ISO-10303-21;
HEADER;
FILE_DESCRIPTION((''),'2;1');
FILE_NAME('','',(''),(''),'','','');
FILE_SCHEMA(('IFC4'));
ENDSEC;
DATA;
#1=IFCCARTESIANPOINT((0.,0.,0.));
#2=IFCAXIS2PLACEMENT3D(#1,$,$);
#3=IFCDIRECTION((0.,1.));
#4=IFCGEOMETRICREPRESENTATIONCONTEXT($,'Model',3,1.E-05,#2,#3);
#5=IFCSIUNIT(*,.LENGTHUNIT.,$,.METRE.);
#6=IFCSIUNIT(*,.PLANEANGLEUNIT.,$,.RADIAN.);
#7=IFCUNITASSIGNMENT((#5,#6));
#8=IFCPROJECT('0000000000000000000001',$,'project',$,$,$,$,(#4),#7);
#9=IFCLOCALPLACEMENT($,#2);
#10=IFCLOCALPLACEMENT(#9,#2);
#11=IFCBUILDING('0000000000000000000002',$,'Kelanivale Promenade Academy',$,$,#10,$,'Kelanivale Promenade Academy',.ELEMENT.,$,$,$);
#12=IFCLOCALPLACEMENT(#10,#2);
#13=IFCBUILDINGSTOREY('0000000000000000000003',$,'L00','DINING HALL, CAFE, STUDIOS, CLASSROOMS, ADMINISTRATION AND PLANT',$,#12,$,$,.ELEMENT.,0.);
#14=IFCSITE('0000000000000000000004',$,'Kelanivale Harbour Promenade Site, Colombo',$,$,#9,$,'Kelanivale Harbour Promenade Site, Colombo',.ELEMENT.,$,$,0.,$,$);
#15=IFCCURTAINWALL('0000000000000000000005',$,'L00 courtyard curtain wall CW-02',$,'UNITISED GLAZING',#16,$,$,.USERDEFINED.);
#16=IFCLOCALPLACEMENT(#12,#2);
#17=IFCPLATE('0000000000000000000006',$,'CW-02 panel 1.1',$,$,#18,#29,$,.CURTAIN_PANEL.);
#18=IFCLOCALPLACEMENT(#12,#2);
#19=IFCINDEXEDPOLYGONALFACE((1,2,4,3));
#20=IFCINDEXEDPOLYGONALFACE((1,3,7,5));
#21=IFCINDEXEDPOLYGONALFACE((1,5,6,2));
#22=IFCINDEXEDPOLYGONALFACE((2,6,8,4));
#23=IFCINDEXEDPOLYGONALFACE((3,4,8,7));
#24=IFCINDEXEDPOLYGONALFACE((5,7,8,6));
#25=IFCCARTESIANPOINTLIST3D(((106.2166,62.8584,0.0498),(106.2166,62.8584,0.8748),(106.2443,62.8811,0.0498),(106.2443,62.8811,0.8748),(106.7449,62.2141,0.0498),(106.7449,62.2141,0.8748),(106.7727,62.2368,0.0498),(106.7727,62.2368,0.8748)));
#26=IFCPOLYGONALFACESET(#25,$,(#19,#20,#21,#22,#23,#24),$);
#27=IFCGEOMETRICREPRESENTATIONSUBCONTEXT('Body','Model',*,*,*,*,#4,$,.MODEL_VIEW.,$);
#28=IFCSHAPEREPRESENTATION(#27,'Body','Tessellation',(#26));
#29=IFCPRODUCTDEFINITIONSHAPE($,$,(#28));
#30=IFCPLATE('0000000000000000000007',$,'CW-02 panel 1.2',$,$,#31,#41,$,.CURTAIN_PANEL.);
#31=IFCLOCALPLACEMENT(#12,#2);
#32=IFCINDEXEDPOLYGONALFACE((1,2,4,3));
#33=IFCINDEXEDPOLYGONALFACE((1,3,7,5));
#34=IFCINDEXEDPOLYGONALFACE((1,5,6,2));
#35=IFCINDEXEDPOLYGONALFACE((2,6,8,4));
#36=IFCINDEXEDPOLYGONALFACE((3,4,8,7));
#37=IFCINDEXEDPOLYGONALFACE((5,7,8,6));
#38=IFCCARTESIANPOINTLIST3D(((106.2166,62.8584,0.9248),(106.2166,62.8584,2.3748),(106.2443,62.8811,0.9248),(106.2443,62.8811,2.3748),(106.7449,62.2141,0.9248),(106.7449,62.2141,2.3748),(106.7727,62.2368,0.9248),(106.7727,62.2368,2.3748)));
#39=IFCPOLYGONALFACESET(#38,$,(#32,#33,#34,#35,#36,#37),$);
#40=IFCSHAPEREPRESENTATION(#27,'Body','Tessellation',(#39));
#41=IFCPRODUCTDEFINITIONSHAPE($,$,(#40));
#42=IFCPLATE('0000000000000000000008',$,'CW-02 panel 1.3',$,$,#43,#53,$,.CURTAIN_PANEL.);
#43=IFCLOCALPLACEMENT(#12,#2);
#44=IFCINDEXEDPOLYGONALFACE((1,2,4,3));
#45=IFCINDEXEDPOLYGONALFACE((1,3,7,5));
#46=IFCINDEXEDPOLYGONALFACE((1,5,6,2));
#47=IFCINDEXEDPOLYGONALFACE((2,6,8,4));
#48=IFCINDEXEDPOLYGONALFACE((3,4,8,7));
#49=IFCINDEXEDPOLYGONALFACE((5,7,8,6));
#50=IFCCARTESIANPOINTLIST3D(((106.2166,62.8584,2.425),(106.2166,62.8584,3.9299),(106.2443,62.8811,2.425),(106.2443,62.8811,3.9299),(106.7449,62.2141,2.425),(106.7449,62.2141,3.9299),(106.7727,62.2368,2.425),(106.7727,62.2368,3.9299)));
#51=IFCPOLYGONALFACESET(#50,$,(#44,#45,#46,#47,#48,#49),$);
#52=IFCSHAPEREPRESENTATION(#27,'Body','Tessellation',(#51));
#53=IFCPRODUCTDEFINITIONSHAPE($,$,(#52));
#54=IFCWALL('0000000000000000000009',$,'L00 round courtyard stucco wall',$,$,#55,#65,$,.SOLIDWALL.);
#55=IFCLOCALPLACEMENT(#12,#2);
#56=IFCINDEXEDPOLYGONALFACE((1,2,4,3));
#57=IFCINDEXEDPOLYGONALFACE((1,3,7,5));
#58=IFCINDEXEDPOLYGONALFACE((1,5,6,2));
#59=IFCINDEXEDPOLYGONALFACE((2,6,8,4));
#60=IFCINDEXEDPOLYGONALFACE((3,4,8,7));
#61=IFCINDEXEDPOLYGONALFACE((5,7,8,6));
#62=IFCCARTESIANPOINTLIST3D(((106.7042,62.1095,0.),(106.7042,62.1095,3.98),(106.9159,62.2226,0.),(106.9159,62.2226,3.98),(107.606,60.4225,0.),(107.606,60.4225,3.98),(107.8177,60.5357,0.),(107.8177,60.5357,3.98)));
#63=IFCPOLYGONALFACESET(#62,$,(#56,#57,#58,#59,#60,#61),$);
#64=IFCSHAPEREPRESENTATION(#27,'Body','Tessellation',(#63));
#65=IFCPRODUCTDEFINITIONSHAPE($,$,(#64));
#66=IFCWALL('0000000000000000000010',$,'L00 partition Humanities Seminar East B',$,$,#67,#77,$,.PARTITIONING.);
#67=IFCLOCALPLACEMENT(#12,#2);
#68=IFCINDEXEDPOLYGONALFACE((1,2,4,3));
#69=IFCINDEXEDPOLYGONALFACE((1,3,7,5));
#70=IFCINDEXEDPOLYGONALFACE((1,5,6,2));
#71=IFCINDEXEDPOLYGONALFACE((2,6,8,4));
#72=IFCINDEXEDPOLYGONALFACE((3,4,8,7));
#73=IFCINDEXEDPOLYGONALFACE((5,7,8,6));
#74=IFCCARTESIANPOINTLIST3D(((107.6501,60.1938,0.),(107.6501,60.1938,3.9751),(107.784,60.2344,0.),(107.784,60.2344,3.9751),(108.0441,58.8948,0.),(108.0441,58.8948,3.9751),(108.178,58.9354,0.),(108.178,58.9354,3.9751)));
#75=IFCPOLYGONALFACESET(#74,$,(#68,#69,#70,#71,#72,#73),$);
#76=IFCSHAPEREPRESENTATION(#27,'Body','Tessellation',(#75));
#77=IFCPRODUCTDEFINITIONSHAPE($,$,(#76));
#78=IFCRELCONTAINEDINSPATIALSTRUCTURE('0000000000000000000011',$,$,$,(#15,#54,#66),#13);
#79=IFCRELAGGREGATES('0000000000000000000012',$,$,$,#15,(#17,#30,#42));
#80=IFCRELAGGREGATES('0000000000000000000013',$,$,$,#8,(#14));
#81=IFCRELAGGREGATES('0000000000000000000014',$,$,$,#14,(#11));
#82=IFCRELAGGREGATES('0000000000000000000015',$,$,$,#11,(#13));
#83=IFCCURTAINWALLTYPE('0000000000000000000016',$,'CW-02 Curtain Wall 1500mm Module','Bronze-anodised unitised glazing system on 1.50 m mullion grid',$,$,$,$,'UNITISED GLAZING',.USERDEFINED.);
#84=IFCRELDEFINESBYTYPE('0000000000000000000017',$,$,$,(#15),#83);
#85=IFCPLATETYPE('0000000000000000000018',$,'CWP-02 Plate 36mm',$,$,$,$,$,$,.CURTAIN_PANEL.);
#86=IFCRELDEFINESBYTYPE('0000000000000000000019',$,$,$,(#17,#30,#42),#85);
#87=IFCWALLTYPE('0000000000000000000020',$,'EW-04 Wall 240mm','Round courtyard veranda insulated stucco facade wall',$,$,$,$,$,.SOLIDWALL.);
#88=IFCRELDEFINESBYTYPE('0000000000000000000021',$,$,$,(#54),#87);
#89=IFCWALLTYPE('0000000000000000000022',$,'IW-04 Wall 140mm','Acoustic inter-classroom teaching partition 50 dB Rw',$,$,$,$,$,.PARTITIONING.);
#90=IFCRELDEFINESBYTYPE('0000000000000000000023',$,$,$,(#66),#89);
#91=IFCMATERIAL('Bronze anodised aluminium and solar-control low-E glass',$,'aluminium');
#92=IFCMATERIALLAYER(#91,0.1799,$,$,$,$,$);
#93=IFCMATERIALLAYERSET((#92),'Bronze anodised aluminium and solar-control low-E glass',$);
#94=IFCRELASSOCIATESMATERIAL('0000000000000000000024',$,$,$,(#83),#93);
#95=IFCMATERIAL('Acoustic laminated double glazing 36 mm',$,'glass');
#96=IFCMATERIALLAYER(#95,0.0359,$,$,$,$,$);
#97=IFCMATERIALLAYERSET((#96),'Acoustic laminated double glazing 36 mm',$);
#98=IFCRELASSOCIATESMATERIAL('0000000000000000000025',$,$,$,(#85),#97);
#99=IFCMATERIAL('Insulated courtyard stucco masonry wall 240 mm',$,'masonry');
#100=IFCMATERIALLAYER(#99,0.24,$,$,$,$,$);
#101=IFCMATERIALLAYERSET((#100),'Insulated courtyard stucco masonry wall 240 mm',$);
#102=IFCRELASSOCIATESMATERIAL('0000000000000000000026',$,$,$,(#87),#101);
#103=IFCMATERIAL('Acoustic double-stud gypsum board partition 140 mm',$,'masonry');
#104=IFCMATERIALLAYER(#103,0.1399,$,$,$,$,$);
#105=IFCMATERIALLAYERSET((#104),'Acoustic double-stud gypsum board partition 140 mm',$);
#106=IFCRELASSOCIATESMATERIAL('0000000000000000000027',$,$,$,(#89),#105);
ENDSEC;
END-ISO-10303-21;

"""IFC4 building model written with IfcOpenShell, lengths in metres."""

from ifc_helpers import new_model, si_unit, direction, frame, frame_2d, origin, origin_2d, place, context, subcontext, project, spatial, rectangle, extrude, material, layer, layer_set, type_object, element, aggregate, save


model = new_model("IFC4")

# Units and contexts
model_context = context("Model", 3, precision=1e-05, world=origin(), true_north=direction((0.0, 1.0)))
body_context = subcontext(model_context, "Body", "Model", "MODEL_VIEW")
ifc_project = project(units=[si_unit("LENGTHUNIT", "METRE"), si_unit("PLANEANGLEUNIT", "RADIAN")], contexts=[model_context])

# Site, building, storey
site_placement = place(None, origin())
site = spatial("IfcSite", under=ifc_project, at=site_placement, Name="Kelanivale Harbour Promenade Site, Colombo", LongName="Kelanivale Harbour Promenade Site, Colombo", CompositionType="ELEMENT", RefElevation=0.0)
building_placement = place(site_placement, origin())
building = spatial("IfcBuilding", under=site, at=building_placement, Name="Kelanivale Promenade Academy", LongName="Kelanivale Promenade Academy", CompositionType="ELEMENT")
storey_placement = place(building_placement, origin())
storey = spatial("IfcBuildingStorey", under=building, at=storey_placement, Name="L00", Description="DINING HALL, CAFE, STUDIOS, CLASSROOMS, ADMINISTRATION AND PLANT", CompositionType="ELEMENT", Elevation=0.0)

# Shared definitions
ifc_material_1 = material(Name="Bronze anodised aluminium and solar-control low-E glass", Category="aluminium")

# Curtain wall
ifc_layer_1 = layer(ifc_material_1, 0.1799)
ifc_layer_set_1 = layer_set([ifc_layer_1], Name="Bronze anodised aluminium and solar-control low-E glass")
curtain_wall_type_1 = type_object("IfcCurtainWallType", Name="CW-02 Curtain Wall 1500mm Module", Description="Bronze-anodised unitised glazing system on 1.50 m mullion grid", ElementType="UNITISED GLAZING", PredefinedType="USERDEFINED", material=ifc_layer_set_1)
curtain_wall_1_placement = place(storey_placement, origin())
curtain_wall_1 = element("IfcCurtainWall", 1, at=curtain_wall_1_placement, inside=storey, type_object=curtain_wall_type_1, Name="L00 courtyard curtain wall CW-02", ObjectType="UNITISED GLAZING", PredefinedType="USERDEFINED")

# Plates
ifc_material_2 = material(Name="Acoustic laminated double glazing 36 mm", Category="glass")
ifc_layer_2 = layer(ifc_material_2, 0.0359)
ifc_layer_set_2 = layer_set([ifc_layer_2], Name="Acoustic laminated double glazing 36 mm")
plate_type_1 = type_object("IfcPlateType", Name="CWP-02 Plate 36mm", PredefinedType="CURTAIN_PANEL", material=ifc_layer_set_2)
plate_1_placement = place(storey_placement, frame((106.4946, 62.5476, 0.0498), z_axis=(0.0, 0.0, 1.0), x_axis=(-0.634093, 0.773257, 0.0)))
plate_1 = element("IfcPlate", 2, at=plate_1_placement, type_object=plate_type_1, Name="CW-02 panel 1.1", PredefinedType="CURTAIN_PANEL", context=body_context, shape_type="SweptSolid", body=[
    extrude(rectangle(XDim=0.8333, YDim=0.0359, at=origin_2d()), origin(), (0.0, 0.0, 1.0), 0.825),
])
plate_2_placement = place(storey_placement, frame((106.4946, 62.5476, 0.9248), z_axis=(0.0, 0.0, 1.0), x_axis=(-0.634093, 0.773257, 0.0)))
plate_2 = element("IfcPlate", 3, at=plate_2_placement, type_object=plate_type_1, Name="CW-02 panel 1.2", PredefinedType="CURTAIN_PANEL", context=body_context, shape_type="SweptSolid", body=[
    extrude(rectangle(XDim=0.8333, YDim=0.0359, at=origin_2d()), origin(), (0.0, 0.0, 1.0), 1.45),
])
plate_3_placement = place(storey_placement, frame((106.4946, 62.5476, 2.425), z_axis=(0.0, 0.0, 1.0), x_axis=(-0.634093, 0.773257, 0.0)))
plate_3 = element("IfcPlate", 4, at=plate_3_placement, type_object=plate_type_1, Name="CW-02 panel 1.3", PredefinedType="CURTAIN_PANEL", context=body_context, shape_type="SweptSolid", body=[
    extrude(rectangle(XDim=0.8333, YDim=0.0359, at=origin_2d()), origin(), (0.0, 0.0, 1.0), 1.5049),
])
aggregate(curtain_wall_1, [plate_1, plate_2, plate_3])

# Walls
ifc_material_3 = material(Name="Insulated courtyard stucco masonry wall 240 mm", Category="masonry")
ifc_layer_3 = layer(ifc_material_3, 0.24)
ifc_layer_set_3 = layer_set([ifc_layer_3], Name="Insulated courtyard stucco masonry wall 240 mm")
wall_type_1 = type_object("IfcWallType", Name="EW-04 Wall 240mm", Description="Round courtyard veranda insulated stucco facade wall", PredefinedType="SOLIDWALL", material=ifc_layer_set_3)
wall_1_placement = place(storey_placement, frame((107.7119, 60.479, 0.0), z_axis=(0.0, 0.0, 1.0), x_axis=(-0.471449, 0.881893, 0.0)))
element("IfcWall", 5, at=wall_1_placement, inside=storey, type_object=wall_type_1, Name="L00 round courtyard stucco wall", PredefinedType="SOLIDWALL", context=body_context, shape_type="SweptSolid", body=[
    extrude(rectangle(XDim=1.9128, YDim=0.24, at=frame_2d((0.9565, 0.0))), origin(), (0.0, 0.0, 1.0), 3.98),
])
ifc_material_4 = material(Name="Acoustic double-stud gypsum board partition 140 mm", Category="masonry")
ifc_layer_4 = layer(ifc_material_4, 0.1399)
ifc_layer_set_4 = layer_set([ifc_layer_4], Name="Acoustic double-stud gypsum board partition 140 mm")
wall_type_2 = type_object("IfcWallType", Name="IW-04 Wall 140mm", Description="Acoustic inter-classroom teaching partition 50 dB Rw", PredefinedType="PARTITIONING", material=ifc_layer_set_4)
wall_2_placement = place(storey_placement, frame((107.717, 60.2141, 0.0), z_axis=(0.0, 0.0, 1.0), x_axis=(0.290267, -0.956946, 0.0)))
element("IfcWall", 6, at=wall_2_placement, inside=storey, type_object=wall_type_2, Name="L00 partition Humanities Seminar East B", PredefinedType="PARTITIONING", context=body_context, shape_type="SweptSolid", body=[
    extrude(rectangle(XDim=1.3574, YDim=0.1399, at=frame_2d((0.6787, 0.0))), origin(), (0.0, 0.0, 1.0), 3.9751),
])

save(model, "model.ifc")
